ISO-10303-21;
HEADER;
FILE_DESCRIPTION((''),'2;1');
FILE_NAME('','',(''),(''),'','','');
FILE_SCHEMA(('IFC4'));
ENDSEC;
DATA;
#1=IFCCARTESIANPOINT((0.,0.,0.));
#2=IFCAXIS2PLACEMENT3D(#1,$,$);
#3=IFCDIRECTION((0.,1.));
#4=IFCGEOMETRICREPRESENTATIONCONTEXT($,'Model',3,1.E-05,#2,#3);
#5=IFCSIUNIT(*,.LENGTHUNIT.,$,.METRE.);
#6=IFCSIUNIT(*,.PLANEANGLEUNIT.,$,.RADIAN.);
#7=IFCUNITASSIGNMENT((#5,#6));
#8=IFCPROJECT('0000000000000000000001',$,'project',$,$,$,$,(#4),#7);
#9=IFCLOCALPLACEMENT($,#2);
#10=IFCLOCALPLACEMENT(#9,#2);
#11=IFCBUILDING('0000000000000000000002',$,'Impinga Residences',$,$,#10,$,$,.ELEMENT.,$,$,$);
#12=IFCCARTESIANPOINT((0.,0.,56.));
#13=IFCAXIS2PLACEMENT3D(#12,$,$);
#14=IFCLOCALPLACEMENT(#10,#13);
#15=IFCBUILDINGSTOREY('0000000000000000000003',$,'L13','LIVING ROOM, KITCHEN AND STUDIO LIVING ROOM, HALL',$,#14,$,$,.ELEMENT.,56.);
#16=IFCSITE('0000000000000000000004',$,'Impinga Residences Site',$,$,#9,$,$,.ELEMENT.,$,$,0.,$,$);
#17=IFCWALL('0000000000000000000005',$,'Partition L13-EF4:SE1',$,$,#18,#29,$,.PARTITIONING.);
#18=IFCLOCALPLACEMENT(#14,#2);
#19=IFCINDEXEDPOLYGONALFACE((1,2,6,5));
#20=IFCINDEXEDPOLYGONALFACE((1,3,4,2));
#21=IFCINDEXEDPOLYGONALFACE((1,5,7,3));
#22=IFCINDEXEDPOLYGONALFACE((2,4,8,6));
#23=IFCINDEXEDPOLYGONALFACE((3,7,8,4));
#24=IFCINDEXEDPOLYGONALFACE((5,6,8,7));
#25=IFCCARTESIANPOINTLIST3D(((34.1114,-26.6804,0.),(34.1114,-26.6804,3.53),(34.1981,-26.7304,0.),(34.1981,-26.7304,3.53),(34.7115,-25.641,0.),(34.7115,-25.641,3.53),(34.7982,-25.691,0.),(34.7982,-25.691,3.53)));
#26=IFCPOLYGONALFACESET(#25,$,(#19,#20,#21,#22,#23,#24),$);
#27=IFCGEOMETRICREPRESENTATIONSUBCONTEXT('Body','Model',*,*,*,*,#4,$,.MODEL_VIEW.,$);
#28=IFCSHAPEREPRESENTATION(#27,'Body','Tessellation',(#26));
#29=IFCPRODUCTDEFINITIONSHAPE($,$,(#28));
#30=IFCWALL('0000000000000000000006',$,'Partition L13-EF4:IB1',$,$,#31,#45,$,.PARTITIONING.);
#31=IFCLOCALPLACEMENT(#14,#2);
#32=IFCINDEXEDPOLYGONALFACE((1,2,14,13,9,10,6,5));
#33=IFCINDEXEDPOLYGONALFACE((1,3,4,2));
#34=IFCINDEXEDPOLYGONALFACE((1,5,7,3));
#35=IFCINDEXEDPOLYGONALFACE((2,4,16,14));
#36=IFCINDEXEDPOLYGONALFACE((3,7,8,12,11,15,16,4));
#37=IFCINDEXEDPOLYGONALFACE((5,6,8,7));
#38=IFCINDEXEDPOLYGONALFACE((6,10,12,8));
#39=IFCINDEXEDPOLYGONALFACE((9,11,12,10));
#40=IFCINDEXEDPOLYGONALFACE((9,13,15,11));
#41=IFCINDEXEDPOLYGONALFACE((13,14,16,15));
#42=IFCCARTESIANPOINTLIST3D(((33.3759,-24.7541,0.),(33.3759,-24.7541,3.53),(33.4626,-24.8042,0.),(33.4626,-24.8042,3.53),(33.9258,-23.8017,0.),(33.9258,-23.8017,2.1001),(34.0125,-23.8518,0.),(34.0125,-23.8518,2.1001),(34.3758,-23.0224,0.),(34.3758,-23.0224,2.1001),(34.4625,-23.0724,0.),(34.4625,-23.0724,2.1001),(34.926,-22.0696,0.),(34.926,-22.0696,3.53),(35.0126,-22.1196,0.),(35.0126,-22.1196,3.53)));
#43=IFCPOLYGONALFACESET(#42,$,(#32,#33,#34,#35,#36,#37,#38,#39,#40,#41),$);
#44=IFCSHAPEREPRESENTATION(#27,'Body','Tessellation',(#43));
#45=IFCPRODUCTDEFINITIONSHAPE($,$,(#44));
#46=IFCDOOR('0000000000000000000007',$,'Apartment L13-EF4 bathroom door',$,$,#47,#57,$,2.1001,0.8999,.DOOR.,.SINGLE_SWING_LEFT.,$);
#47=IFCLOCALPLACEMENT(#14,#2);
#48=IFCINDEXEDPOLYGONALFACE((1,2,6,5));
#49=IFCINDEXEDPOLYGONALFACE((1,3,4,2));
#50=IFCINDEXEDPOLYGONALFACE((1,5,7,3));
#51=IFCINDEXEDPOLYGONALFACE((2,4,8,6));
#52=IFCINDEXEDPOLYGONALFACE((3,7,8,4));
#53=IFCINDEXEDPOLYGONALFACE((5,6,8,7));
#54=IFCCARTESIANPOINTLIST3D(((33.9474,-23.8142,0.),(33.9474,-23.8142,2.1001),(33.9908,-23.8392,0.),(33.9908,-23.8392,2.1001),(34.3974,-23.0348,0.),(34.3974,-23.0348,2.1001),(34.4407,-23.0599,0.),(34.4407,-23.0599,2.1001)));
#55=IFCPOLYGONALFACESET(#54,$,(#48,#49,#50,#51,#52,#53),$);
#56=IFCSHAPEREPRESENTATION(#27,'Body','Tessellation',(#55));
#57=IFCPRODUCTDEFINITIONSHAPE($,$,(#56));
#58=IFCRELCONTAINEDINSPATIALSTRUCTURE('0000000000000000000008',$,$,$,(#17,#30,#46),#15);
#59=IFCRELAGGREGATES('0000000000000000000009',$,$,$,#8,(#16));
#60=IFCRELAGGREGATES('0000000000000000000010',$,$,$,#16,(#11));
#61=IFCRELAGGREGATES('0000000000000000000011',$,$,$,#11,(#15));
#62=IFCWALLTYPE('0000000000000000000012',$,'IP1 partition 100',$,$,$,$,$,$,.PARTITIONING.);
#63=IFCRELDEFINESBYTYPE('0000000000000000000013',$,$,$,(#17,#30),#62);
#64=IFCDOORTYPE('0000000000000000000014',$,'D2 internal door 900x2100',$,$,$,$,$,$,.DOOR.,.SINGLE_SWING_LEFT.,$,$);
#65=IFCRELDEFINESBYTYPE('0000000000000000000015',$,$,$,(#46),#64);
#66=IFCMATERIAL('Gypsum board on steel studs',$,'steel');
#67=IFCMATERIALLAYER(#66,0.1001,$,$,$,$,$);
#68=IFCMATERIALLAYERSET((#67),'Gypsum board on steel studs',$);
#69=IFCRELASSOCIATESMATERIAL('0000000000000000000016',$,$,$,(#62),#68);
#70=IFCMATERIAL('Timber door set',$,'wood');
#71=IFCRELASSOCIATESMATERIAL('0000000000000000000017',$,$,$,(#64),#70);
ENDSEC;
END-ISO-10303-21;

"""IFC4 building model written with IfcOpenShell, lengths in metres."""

from ifc_helpers import new_model, si_unit, direction, frame, frame_2d, origin, place, context, subcontext, project, spatial, rectangle, extrude, material, layer, layer_set, type_object, element, fill, save


model = new_model("IFC4")

# Units and contexts
model_context = context("Model", 3, precision=1e-05, world=origin(), true_north=direction((0.0, 1.0)))
body_context = subcontext(model_context, "Body", "Model", "MODEL_VIEW")
ifc_project = project(units=[si_unit("LENGTHUNIT", "METRE"), si_unit("PLANEANGLEUNIT", "RADIAN")], contexts=[model_context])

# Site, building, storey
site_placement = place(None, origin())
site = spatial("IfcSite", under=ifc_project, at=site_placement, Name="Impinga Residences Site", CompositionType="ELEMENT", RefElevation=0.0)
building_placement = place(site_placement, origin())
building = spatial("IfcBuilding", under=site, at=building_placement, Name="Impinga Residences", CompositionType="ELEMENT")
storey_placement = place(building_placement, frame((0.0, 0.0, 56.0)))
storey = spatial("IfcBuildingStorey", under=building, at=storey_placement, Name="L13", Description="LIVING ROOM, KITCHEN AND STUDIO LIVING ROOM, HALL", CompositionType="ELEMENT", Elevation=56.0)

# Shared definitions
ifc_material_1 = material(Name="Gypsum board on steel studs", Category="steel")
ifc_layer_1 = layer(ifc_material_1, 0.1001)
ifc_layer_set_1 = layer_set([ifc_layer_1], Name="Gypsum board on steel studs")
wall_type_1 = type_object("IfcWallType", Name="IP1 partition 100", PredefinedType="PARTITIONING", material=ifc_layer_set_1)
ifc_material_2 = material(Name="Timber door set", Category="wood")
door_type = type_object("IfcDoorType", Name="D2 internal door 900x2100", OperationType="SINGLE_SWING_LEFT", PredefinedType="DOOR", material=ifc_material_2)

# Wall
wall_1_placement = place(storey_placement, frame((34.7549, -25.666, 0.0), z_axis=(0.0, 0.0, 1.0), x_axis=(-0.500034, -0.866006, 0.0)))
element("IfcWall", 1, at=wall_1_placement, inside=storey, type_object=wall_type_1, Name="Partition L13-EF4:SE1", PredefinedType="PARTITIONING", context=body_context, shape_type="SweptSolid", body=[
    extrude(rectangle(XDim=1.2002, YDim=0.1001, at=frame_2d((0.6001, 0.0))), origin(), (0.0, 0.0, 1.0), 3.53),
])

# Wall, opening, door
wall_2_placement = place(storey_placement, frame((34.9692, -22.0947, 0.0), z_axis=(0.0, 0.0, 1.0), x_axis=(-0.500027, -0.86601, 0.0)))
wall_2 = element("IfcWall", 2, at=wall_2_placement, inside=storey, type_object=wall_type_1, Name="Partition L13-EF4:IB1", PredefinedType="PARTITIONING", context=body_context, shape_type="SweptSolid", body=[
    extrude(rectangle(XDim=3.0999, YDim=0.1001, at=frame_2d((1.5498, 0.0))), origin(), (0.0, 0.0, 1.0), 3.53),
])
opening_1_placement = place(wall_2_placement, frame((1.1001, 0.0, 0.0)))
opening_1 = element("IfcOpeningElement", 3, at=opening_1_placement, cuts=wall_2, PredefinedType="OPENING", context=body_context, shape_type="SweptSolid", body=[
    extrude(rectangle(XDim=0.8999, YDim=2.1001, at=frame_2d((0.45, 1.05))), frame((0.0, 0.0601, 0.0), z_axis=(0.0, -1.0, 0.0), x_axis=(1.0, 0.0, 0.0)), (0.0, 0.0, 1.0), 0.1201),
])
door_1_placement = place(opening_1_placement, origin())
door_1 = element("IfcDoor", 4, at=door_1_placement, inside=storey, type_object=door_type, Name="Apartment L13-EF4 bathroom door", OperationType="SINGLE_SWING_LEFT", OverallHeight=2.1001, OverallWidth=0.8999, PredefinedType="DOOR", context=body_context, shape_type="SweptSolid", body=[
    extrude(rectangle(XDim=0.8999, YDim=2.1001, at=frame_2d((0.45, 1.05))), frame((0.0, 0.0249, 0.0), z_axis=(0.0, -1.0, 0.0), x_axis=(1.0, 0.0, 0.0)), (0.0, 0.0, 1.0), 0.05),
])
fill(opening_1, door_1)

save(model, "model.ifc")
